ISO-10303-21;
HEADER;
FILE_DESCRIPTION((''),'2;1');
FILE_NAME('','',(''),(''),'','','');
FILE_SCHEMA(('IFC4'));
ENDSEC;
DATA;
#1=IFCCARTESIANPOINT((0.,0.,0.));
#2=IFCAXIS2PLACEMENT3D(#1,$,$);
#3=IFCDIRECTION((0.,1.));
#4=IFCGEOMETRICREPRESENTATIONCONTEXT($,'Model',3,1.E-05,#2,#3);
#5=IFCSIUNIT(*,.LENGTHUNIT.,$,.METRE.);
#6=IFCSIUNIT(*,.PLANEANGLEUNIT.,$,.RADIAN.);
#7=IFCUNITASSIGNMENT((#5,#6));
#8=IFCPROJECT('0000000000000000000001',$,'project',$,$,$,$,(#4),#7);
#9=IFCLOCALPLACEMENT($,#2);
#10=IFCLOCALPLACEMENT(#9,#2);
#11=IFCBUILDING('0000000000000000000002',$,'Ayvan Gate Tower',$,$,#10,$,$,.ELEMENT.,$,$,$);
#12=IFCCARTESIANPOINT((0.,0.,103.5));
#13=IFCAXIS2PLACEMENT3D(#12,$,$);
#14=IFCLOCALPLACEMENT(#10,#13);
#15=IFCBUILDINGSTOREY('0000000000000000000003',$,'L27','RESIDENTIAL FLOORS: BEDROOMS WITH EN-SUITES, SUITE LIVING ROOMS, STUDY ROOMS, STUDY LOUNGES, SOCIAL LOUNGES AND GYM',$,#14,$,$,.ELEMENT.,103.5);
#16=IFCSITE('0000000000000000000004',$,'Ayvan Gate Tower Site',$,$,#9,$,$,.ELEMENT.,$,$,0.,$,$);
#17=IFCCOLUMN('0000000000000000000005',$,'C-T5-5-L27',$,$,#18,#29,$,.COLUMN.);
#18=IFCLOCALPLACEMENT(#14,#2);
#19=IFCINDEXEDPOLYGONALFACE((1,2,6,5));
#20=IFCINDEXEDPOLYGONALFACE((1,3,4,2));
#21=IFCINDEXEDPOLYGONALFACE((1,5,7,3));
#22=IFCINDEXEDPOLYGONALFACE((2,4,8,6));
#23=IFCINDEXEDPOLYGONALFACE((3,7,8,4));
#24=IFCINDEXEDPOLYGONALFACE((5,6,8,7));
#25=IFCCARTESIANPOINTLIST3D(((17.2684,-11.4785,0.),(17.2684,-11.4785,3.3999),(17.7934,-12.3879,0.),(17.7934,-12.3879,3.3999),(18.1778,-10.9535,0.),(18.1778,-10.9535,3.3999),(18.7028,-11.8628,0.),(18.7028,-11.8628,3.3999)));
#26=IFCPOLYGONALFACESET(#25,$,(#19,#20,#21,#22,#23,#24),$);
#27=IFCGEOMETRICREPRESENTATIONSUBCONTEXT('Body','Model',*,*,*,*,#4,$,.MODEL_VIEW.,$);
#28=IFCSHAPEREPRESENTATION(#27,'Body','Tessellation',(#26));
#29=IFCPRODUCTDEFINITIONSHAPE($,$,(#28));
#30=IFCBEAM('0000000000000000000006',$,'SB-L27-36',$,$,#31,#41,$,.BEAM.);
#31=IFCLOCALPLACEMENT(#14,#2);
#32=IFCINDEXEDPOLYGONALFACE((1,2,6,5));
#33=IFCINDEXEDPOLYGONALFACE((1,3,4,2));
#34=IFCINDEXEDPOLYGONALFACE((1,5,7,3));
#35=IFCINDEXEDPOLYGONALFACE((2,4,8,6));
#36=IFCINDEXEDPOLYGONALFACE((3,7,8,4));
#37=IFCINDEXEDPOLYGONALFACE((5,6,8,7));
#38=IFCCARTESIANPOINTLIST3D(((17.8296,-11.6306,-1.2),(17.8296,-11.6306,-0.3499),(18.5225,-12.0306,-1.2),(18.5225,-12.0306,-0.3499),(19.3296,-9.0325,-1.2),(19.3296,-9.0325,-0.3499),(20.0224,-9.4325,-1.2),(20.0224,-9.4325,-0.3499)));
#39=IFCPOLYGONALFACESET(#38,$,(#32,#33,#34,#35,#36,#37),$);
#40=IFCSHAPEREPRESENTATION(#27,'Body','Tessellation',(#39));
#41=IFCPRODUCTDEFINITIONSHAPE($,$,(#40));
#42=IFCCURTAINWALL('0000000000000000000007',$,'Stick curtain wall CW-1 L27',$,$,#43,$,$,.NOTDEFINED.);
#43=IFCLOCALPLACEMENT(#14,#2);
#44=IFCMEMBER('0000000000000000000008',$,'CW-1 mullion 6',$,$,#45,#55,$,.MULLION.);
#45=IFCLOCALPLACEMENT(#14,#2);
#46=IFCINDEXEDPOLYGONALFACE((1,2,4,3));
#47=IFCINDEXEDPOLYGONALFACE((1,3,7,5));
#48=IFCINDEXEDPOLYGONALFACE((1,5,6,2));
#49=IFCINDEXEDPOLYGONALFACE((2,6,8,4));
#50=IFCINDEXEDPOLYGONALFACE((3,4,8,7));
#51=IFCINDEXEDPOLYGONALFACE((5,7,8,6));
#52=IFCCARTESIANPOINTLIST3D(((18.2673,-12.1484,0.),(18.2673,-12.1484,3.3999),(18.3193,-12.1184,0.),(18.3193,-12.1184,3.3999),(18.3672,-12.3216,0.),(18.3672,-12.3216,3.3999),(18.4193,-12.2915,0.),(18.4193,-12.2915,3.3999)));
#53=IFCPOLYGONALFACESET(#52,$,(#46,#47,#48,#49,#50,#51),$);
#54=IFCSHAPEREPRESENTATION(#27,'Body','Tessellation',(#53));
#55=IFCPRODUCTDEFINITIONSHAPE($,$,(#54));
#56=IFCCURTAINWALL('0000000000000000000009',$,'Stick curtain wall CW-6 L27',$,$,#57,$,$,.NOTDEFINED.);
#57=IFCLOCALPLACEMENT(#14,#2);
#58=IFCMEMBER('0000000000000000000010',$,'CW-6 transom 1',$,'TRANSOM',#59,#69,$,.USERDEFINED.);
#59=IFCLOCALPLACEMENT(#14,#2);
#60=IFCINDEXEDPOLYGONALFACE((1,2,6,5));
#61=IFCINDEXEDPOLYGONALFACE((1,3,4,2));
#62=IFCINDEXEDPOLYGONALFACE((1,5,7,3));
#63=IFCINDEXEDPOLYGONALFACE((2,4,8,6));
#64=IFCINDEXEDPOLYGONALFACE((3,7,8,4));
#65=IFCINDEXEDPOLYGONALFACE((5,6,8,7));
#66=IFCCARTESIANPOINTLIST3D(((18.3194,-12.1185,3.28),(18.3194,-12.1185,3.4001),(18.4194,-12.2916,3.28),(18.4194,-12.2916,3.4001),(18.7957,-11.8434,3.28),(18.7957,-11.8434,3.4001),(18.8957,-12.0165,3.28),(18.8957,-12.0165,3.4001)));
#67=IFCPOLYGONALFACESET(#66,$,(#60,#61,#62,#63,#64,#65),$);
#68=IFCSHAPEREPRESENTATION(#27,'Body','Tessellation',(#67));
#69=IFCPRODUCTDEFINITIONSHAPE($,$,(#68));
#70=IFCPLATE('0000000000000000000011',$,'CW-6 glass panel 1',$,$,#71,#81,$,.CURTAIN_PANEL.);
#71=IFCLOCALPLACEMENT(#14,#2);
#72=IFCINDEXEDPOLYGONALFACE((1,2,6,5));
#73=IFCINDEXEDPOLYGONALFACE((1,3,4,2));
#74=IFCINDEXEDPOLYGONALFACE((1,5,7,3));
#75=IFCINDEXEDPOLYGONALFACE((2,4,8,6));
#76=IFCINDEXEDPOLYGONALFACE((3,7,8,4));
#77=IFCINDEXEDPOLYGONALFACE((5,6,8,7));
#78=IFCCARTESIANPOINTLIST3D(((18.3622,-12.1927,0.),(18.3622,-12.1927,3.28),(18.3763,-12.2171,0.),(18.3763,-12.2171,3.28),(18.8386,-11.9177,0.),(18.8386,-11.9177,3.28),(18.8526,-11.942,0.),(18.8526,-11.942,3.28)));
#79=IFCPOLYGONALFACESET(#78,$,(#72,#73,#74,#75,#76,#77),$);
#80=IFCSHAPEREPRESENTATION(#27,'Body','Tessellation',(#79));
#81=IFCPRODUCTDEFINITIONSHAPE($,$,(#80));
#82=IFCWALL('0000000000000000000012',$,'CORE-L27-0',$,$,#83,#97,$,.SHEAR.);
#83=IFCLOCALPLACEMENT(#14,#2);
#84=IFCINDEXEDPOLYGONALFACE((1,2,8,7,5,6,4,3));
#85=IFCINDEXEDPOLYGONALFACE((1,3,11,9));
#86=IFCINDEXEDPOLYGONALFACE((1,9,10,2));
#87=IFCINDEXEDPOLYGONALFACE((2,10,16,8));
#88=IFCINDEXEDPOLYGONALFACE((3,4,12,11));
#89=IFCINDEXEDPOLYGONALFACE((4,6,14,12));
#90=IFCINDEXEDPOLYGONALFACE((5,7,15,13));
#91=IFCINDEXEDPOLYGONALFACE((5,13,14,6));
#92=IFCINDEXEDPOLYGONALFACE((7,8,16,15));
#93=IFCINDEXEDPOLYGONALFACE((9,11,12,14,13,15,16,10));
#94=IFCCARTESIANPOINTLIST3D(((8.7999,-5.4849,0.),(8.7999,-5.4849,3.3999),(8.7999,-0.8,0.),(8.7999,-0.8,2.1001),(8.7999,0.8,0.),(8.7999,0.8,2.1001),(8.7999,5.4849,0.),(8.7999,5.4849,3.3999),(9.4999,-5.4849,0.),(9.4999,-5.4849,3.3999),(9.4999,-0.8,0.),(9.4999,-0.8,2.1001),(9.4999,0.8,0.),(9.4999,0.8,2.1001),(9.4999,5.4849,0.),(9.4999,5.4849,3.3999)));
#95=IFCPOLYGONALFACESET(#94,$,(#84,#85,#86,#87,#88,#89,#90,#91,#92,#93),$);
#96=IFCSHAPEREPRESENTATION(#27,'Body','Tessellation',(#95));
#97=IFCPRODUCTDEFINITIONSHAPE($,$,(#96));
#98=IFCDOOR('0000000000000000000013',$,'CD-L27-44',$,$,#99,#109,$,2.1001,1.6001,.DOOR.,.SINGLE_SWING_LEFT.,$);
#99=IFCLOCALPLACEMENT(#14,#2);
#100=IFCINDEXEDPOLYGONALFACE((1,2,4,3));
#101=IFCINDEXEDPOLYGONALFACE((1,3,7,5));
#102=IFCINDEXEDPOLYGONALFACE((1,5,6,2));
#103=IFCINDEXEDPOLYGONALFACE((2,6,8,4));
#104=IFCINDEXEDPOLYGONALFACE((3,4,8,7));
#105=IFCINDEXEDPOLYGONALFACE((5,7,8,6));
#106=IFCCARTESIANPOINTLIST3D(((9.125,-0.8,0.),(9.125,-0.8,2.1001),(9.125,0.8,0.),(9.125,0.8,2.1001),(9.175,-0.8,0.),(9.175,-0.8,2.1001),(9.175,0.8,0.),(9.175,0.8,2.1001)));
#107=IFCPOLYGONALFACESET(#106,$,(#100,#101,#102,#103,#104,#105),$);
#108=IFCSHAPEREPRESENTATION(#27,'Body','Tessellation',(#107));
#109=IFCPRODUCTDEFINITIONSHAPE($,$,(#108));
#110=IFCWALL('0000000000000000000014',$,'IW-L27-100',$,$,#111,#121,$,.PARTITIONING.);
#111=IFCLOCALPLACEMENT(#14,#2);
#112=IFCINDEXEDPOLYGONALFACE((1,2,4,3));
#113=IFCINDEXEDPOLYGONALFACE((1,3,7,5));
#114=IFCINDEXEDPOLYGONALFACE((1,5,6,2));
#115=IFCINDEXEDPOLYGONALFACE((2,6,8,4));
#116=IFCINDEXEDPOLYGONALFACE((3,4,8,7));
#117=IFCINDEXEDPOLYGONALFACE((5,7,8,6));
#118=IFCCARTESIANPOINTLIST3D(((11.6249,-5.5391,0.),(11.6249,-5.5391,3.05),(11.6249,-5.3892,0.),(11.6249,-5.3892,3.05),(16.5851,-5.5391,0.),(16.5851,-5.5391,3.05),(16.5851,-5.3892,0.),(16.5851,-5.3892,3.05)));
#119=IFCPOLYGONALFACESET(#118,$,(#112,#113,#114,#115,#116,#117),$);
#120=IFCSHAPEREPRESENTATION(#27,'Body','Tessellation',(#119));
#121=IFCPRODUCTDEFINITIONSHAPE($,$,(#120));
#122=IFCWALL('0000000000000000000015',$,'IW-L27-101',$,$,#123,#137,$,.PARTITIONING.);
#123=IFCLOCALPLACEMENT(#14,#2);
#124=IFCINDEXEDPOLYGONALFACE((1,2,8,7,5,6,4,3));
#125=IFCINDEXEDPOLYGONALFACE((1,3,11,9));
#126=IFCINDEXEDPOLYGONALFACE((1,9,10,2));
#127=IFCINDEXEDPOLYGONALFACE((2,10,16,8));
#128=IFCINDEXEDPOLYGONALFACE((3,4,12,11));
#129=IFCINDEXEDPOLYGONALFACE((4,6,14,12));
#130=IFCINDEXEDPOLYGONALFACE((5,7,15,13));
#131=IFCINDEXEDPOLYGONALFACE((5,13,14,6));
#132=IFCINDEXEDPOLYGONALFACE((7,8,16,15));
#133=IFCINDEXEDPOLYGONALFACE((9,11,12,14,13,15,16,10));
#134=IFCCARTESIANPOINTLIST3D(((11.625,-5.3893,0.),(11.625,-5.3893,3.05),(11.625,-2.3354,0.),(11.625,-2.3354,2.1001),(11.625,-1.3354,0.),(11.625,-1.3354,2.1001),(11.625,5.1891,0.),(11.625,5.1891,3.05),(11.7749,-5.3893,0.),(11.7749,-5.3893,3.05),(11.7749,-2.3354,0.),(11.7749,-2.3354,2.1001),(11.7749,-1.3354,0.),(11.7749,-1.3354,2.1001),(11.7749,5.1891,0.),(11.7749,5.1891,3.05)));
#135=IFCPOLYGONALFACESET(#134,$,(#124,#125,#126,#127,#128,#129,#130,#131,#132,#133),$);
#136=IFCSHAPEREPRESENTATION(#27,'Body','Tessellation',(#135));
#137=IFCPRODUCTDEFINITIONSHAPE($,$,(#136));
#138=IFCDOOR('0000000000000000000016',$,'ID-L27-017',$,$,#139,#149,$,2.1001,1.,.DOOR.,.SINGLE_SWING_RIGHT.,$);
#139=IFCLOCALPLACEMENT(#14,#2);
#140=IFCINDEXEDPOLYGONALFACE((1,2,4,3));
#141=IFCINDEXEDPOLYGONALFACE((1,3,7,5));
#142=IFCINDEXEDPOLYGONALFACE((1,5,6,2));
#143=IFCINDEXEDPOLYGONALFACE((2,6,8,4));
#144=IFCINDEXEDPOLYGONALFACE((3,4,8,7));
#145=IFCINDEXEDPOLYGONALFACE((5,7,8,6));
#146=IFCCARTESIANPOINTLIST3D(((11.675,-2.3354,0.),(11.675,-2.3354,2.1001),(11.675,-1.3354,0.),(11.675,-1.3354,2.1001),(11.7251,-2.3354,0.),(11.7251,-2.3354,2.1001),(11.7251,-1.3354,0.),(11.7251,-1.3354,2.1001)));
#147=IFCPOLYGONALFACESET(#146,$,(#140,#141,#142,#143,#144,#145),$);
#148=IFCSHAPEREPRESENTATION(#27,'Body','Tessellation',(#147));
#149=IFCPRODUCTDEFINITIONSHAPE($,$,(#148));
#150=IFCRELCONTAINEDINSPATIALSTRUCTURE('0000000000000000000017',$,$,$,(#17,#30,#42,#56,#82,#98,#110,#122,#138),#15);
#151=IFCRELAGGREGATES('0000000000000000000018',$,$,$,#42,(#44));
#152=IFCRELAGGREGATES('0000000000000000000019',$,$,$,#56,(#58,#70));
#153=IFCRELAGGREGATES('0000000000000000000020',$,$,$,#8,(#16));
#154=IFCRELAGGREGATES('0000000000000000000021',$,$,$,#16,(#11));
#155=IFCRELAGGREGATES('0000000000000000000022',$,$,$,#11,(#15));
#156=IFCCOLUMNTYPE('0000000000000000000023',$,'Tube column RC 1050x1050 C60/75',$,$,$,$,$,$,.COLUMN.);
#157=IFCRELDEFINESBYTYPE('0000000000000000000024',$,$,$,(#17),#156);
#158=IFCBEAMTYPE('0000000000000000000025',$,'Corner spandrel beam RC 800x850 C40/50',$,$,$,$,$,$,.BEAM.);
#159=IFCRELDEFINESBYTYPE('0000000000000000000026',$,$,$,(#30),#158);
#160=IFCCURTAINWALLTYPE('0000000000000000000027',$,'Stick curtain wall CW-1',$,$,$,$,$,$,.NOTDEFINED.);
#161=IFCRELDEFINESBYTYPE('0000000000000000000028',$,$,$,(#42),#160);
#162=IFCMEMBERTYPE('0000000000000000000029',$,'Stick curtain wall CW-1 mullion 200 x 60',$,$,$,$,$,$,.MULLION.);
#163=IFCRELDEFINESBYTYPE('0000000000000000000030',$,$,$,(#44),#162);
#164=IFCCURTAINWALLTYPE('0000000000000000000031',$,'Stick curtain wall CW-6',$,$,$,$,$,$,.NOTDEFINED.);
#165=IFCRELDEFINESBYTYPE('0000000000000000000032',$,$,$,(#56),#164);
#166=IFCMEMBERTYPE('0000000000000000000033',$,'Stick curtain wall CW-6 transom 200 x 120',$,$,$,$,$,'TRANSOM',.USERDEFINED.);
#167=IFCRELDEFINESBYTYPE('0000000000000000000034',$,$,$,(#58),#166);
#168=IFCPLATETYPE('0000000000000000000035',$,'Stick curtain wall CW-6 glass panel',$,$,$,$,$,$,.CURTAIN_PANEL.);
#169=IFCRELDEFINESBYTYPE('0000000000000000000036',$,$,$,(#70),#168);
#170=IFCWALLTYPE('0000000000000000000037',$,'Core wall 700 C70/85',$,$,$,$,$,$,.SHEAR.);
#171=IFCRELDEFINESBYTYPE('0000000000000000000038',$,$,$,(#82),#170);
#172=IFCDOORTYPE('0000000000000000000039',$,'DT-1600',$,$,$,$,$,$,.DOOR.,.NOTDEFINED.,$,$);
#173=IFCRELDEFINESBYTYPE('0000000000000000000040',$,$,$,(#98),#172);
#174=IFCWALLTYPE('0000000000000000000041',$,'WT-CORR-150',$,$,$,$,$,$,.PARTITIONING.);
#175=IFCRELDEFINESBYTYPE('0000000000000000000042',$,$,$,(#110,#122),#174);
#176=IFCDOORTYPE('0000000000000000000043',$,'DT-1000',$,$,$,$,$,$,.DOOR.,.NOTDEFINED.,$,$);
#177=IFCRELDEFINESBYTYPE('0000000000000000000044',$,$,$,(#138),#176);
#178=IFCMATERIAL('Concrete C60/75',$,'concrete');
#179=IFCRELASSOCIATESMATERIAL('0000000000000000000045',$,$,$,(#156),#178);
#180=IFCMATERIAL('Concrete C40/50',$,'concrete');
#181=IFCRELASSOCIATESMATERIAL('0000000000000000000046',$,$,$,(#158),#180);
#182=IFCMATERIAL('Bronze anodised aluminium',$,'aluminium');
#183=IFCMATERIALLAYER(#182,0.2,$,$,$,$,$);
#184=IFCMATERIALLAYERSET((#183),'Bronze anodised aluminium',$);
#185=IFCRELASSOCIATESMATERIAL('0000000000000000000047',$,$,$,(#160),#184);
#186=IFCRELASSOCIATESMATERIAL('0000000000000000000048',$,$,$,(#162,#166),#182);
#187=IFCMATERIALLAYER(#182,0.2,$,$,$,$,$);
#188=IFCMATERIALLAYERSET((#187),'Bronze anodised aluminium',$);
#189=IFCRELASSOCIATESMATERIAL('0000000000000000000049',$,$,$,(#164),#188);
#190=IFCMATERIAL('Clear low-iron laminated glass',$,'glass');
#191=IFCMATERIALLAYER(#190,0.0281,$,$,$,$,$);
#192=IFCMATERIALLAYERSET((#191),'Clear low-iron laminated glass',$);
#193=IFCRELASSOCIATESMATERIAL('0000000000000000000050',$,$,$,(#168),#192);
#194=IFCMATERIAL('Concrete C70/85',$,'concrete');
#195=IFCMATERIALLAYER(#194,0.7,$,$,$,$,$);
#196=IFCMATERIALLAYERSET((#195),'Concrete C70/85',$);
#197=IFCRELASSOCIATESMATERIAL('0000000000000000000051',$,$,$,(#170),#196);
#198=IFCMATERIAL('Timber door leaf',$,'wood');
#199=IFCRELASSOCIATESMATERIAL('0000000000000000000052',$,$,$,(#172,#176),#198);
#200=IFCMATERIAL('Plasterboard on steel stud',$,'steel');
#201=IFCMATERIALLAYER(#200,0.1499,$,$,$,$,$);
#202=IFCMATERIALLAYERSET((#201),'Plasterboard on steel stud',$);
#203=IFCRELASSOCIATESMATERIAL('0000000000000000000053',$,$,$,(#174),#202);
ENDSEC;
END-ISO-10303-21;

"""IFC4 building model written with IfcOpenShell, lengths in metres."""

from ifc_helpers import new_model, si_unit, direction, frame, frame_2d, origin, origin_2d, place, context, subcontext, project, spatial, rectangle, extrude, material, layer, layer_set, material_profile, profile_set, type_object, element, fill, aggregate, save


model = new_model("IFC4")

# Units and contexts
model_context = context("Model", 3, precision=1e-05, world=origin(), true_north=direction((0.0, 1.0)))
body_context = subcontext(model_context, "Body", "Model", "MODEL_VIEW")
ifc_project = project(units=[si_unit("LENGTHUNIT", "METRE"), si_unit("PLANEANGLEUNIT", "RADIAN")], contexts=[model_context])

# Site, building, storey
site_placement = place(None, origin())
site = spatial("IfcSite", under=ifc_project, at=site_placement, Name="Ayvan Gate Tower Site", CompositionType="ELEMENT", RefElevation=0.0)
building_placement = place(site_placement, origin())
building = spatial("IfcBuilding", under=site, at=building_placement, Name="Ayvan Gate Tower", CompositionType="ELEMENT")
storey_placement = place(building_placement, frame((0.0, 0.0, 103.5)))
storey = spatial("IfcBuildingStorey", under=building, at=storey_placement, Name="L27", Description="RESIDENTIAL FLOORS: BEDROOMS WITH EN-SUITES, SUITE LIVING ROOMS, STUDY ROOMS, STUDY LOUNGES, SOCIAL LOUNGES AND GYM", CompositionType="ELEMENT", Elevation=103.5)

# Column
ifc_material_1 = material(Name="Concrete C60/75", Category="concrete")
ifc_material_profile_1 = material_profile(ifc_material_1, rectangle(XDim=1.05, YDim=1.05, at=origin_2d()), Name="RC 1050x1050")
ifc_profile_set_1 = profile_set([ifc_material_profile_1], Name="Concrete C60/75")
column_type = type_object("IfcColumnType", Name="Tube column RC 1050x1050 C60/75", PredefinedType="COLUMN", material=ifc_profile_set_1)
column_placement = place(storey_placement, frame((17.9856, -11.6707, 0.0), z_axis=(0.0, 0.0, 1.0), x_axis=(0.5, -0.866025, 0.0)))
element("IfcColumn", 1, at=column_placement, inside=storey, type_object=column_type, Name="C-T5-5-L27", PredefinedType="COLUMN", context=body_context, shape_type="SweptSolid", body=[
    extrude(rectangle(XDim=1.05, YDim=1.05, at=origin_2d()), origin(), (0.0, 0.0, 1.0), 3.3999),
])

# Beam
ifc_material_2 = material(Name="Concrete C40/50", Category="concrete")
ifc_material_profile_2 = material_profile(ifc_material_2, rectangle(XDim=0.8, YDim=0.8501, at=origin_2d()), Name="RC 800x850")
ifc_profile_set_2 = profile_set([ifc_material_profile_2], Name="Concrete C40/50")
beam_type = type_object("IfcBeamType", Name="Corner spandrel beam RC 800x850 C40/50", PredefinedType="BEAM", material=ifc_profile_set_2)
beam_placement = place(storey_placement, frame((18.176, -11.8306, -0.7749), z_axis=(0.49999, 0.866031, 0.0), x_axis=(-0.866031, 0.49999, 0.0)))
element("IfcBeam", 2, at=beam_placement, inside=storey, type_object=beam_type, Name="SB-L27-36", PredefinedType="BEAM", context=body_context, shape_type="SweptSolid", body=[
    extrude(rectangle(XDim=0.8, YDim=0.8501, at=origin_2d()), origin(), (0.0, 0.0, 1.0), 3.0),
])

# Curtain wall, member
ifc_material_3 = material(Name="Bronze anodised aluminium", Category="aluminium")
ifc_layer_1 = layer(ifc_material_3, 0.2)
ifc_layer_set_1 = layer_set([ifc_layer_1], Name="Bronze anodised aluminium")
curtain_wall_type_1 = type_object("IfcCurtainWallType", Name="Stick curtain wall CW-1", PredefinedType="NOTDEFINED", material=ifc_layer_set_1)
curtain_wall_1_placement = place(storey_placement, origin())
curtain_wall_1 = element("IfcCurtainWall", 3, at=curtain_wall_1_placement, inside=storey, type_object=curtain_wall_type_1, Name="Stick curtain wall CW-1 L27", PredefinedType="NOTDEFINED")
ifc_material_profile_3 = material_profile(ifc_material_3, rectangle(XDim=0.2, YDim=0.0601, at=origin_2d()), Name="Stick curtain wall CW-1 mullion 200 x 60")
ifc_profile_set_3 = profile_set([ifc_material_profile_3], Name="Bronze anodised aluminium")
member_type_1 = type_object("IfcMemberType", Name="Stick curtain wall CW-1 mullion 200 x 60", PredefinedType="MULLION", material=ifc_profile_set_3)
member_1_placement = place(storey_placement, frame((18.3433, -12.22, 0.0), z_axis=(0.0, 0.0, 1.0), x_axis=(0.5, -0.866025, 0.0)))
member_1 = element("IfcMember", 4, at=member_1_placement, type_object=member_type_1, Name="CW-1 mullion 6", PredefinedType="MULLION", context=body_context, shape_type="SweptSolid", body=[
    extrude(rectangle(XDim=0.2, YDim=0.0601, at=origin_2d()), origin(), (0.0, 0.0, 1.0), 3.3999),
])
aggregate(curtain_wall_1, [member_1])

# Curtain wall, member, plate
ifc_layer_2 = layer(ifc_material_3, 0.2)
ifc_layer_set_2 = layer_set([ifc_layer_2], Name="Bronze anodised aluminium")
curtain_wall_type_2 = type_object("IfcCurtainWallType", Name="Stick curtain wall CW-6", PredefinedType="NOTDEFINED", material=ifc_layer_set_2)
curtain_wall_2_placement = place(storey_placement, origin())
curtain_wall_2 = element("IfcCurtainWall", 5, at=curtain_wall_2_placement, inside=storey, type_object=curtain_wall_type_2, Name="Stick curtain wall CW-6 L27", PredefinedType="NOTDEFINED")
ifc_material_profile_4 = material_profile(ifc_material_3, rectangle(XDim=0.2, YDim=0.1201, at=origin_2d()), Name="Stick curtain wall CW-6 transom 200 x 120")
ifc_profile_set_4 = profile_set([ifc_material_profile_4], Name="Bronze anodised aluminium")
member_type_2 = type_object("IfcMemberType", Name="Stick curtain wall CW-6 transom 200 x 120", ElementType="TRANSOM", PredefinedType="USERDEFINED", material=ifc_profile_set_4)
member_2_placement = place(storey_placement, frame((18.3694, -12.2051, 3.3401), z_axis=(0.865912, 0.500196, 0.0), x_axis=(-0.500196, 0.865912, 0.0)))
member_2 = element("IfcMember", 6, at=member_2_placement, type_object=member_type_2, Name="CW-6 transom 1", ObjectType="TRANSOM", PredefinedType="USERDEFINED", context=body_context, shape_type="SweptSolid", body=[
    extrude(rectangle(XDim=0.2, YDim=0.1201, at=origin_2d()), origin(), (0.0, 0.0, 1.0), 0.55),
])
ifc_material_4 = material(Name="Clear low-iron laminated glass", Category="glass")
ifc_layer_3 = layer(ifc_material_4, 0.0281)
ifc_layer_set_3 = layer_set([ifc_layer_3], Name="Clear low-iron laminated glass")
plate_type = type_object("IfcPlateType", Name="Stick curtain wall CW-6 glass panel", PredefinedType="CURTAIN_PANEL", material=ifc_layer_set_3)
plate_placement = place(storey_placement, frame((18.6074, -12.0674, 0.0), z_axis=(0.0, 0.0, 1.0), x_axis=(0.866025, 0.5, 0.0)))
plate = element("IfcPlate", 7, at=plate_placement, type_object=plate_type, Name="CW-6 glass panel 1", PredefinedType="CURTAIN_PANEL", context=body_context, shape_type="SweptSolid", body=[
    extrude(rectangle(XDim=0.55, YDim=0.0281, at=origin_2d()), origin(), (0.0, 0.0, 1.0), 3.28),
])
aggregate(curtain_wall_2, [member_2, plate])

# Wall, opening, door
ifc_material_5 = material(Name="Concrete C70/85", Category="concrete")
ifc_layer_4 = layer(ifc_material_5, 0.7)
ifc_layer_set_4 = layer_set([ifc_layer_4], Name="Concrete C70/85")
wall_type_1 = type_object("IfcWallType", Name="Core wall 700 C70/85", PredefinedType="SHEAR", material=ifc_layer_set_4)
wall_1_placement = place(storey_placement, frame((9.1499, -5.4849, 0.0), z_axis=(0.0, 0.0, 1.0), x_axis=(0.0, 1.0, 0.0)))
wall_1 = element("IfcWall", 8, at=wall_1_placement, inside=storey, type_object=wall_type_1, Name="CORE-L27-0", PredefinedType="SHEAR", context=body_context, shape_type="SweptSolid", body=[
    extrude(rectangle(XDim=10.9697, YDim=0.7, at=frame_2d((5.4849, 0.0))), origin(), (0.0, 0.0, 1.0), 3.3999),
])
opening_1_placement = place(wall_1_placement, frame((4.6848, 0.0, 0.0)))
opening_1 = element("IfcOpeningElement", 9, at=opening_1_placement, cuts=wall_1, PredefinedType="OPENING", context=body_context, shape_type="SweptSolid", body=[
    extrude(rectangle(XDim=1.6001, YDim=2.1001, at=frame_2d((0.8, 1.05))), frame((0.0, 0.3599, 0.0), z_axis=(0.0, -1.0, 0.0), x_axis=(1.0, 0.0, 0.0)), (0.0, 0.0, 1.0), 0.72),
])
ifc_material_6 = material(Name="Timber door leaf", Category="wood")
door_type_1 = type_object("IfcDoorType", Name="DT-1600", OperationType="NOTDEFINED", PredefinedType="DOOR", material=ifc_material_6)
door_1_placement = place(opening_1_placement, origin())
door_1 = element("IfcDoor", 10, at=door_1_placement, inside=storey, type_object=door_type_1, Name="CD-L27-44", OperationType="SINGLE_SWING_LEFT", OverallHeight=2.1001, OverallWidth=1.6001, PredefinedType="DOOR", context=body_context, shape_type="SweptSolid", body=[
    extrude(rectangle(XDim=1.6001, YDim=2.1001, at=frame_2d((0.8, 1.05))), frame((0.0, 0.0249, 0.0), z_axis=(0.0, -1.0, 0.0), x_axis=(1.0, 0.0, 0.0)), (0.0, 0.0, 1.0), 0.05),
])
fill(opening_1, door_1)

# Wall
ifc_material_7 = material(Name="Plasterboard on steel stud", Category="steel")
ifc_layer_5 = layer(ifc_material_7, 0.1499)
ifc_layer_set_5 = layer_set([ifc_layer_5], Name="Plasterboard on steel stud")
wall_type_2 = type_object("IfcWallType", Name="WT-CORR-150", PredefinedType="PARTITIONING", material=ifc_layer_set_5)
wall_2_placement = place(storey_placement, frame((11.625, -5.4641, 0.0), z_axis=(0.0, 0.0, 1.0), x_axis=(1.0, 0.0, 0.0)))
element("IfcWall", 11, at=wall_2_placement, inside=storey, type_object=wall_type_2, Name="IW-L27-100", PredefinedType="PARTITIONING", context=body_context, shape_type="SweptSolid", body=[
    extrude(rectangle(XDim=4.9602, YDim=0.1499, at=frame_2d((2.48, 0.0))), origin(), (0.0, 0.0, 1.0), 3.05),
])

# Wall, opening, door
wall_3_placement = place(storey_placement, frame((11.7, -5.3892, 0.0), z_axis=(0.0, 0.0, 1.0), x_axis=(0.0, 1.0, 0.0)))
wall_3 = element("IfcWall", 12, at=wall_3_placement, inside=storey, type_object=wall_type_2, Name="IW-L27-101", PredefinedType="PARTITIONING", context=body_context, shape_type="SweptSolid", body=[
    extrude(rectangle(XDim=10.5784, YDim=0.1499, at=frame_2d((5.2891, 0.0))), origin(), (0.0, 0.0, 1.0), 3.05),
])
opening_2_placement = place(wall_3_placement, frame((3.0537, 0.0, 0.0)))
opening_2 = element("IfcOpeningElement", 13, at=opening_2_placement, cuts=wall_3, PredefinedType="OPENING", context=body_context, shape_type="SweptSolid", body=[
    extrude(rectangle(XDim=1.0, YDim=2.1001, at=frame_2d((0.5, 1.05))), frame((0.0, 0.085, 0.0), z_axis=(0.0, -1.0, 0.0), x_axis=(1.0, 0.0, 0.0)), (0.0, 0.0, 1.0), 0.1699),
])
door_type_2 = type_object("IfcDoorType", Name="DT-1000", OperationType="NOTDEFINED", PredefinedType="DOOR", material=ifc_material_6)
door_2_placement = place(opening_2_placement, origin())
door_2 = element("IfcDoor", 14, at=door_2_placement, inside=storey, type_object=door_type_2, Name="ID-L27-017", OperationType="SINGLE_SWING_RIGHT", OverallHeight=2.1001, OverallWidth=1.0, PredefinedType="DOOR", context=body_context, shape_type="SweptSolid", body=[
    extrude(rectangle(XDim=1.0, YDim=2.1001, at=frame_2d((0.5, 1.05))), frame((0.0, 0.0249, 0.0), z_axis=(0.0, -1.0, 0.0), x_axis=(1.0, 0.0, 0.0)), (0.0, 0.0, 1.0), 0.05),
])
fill(opening_2, door_2)

save(model, "model.ifc")
